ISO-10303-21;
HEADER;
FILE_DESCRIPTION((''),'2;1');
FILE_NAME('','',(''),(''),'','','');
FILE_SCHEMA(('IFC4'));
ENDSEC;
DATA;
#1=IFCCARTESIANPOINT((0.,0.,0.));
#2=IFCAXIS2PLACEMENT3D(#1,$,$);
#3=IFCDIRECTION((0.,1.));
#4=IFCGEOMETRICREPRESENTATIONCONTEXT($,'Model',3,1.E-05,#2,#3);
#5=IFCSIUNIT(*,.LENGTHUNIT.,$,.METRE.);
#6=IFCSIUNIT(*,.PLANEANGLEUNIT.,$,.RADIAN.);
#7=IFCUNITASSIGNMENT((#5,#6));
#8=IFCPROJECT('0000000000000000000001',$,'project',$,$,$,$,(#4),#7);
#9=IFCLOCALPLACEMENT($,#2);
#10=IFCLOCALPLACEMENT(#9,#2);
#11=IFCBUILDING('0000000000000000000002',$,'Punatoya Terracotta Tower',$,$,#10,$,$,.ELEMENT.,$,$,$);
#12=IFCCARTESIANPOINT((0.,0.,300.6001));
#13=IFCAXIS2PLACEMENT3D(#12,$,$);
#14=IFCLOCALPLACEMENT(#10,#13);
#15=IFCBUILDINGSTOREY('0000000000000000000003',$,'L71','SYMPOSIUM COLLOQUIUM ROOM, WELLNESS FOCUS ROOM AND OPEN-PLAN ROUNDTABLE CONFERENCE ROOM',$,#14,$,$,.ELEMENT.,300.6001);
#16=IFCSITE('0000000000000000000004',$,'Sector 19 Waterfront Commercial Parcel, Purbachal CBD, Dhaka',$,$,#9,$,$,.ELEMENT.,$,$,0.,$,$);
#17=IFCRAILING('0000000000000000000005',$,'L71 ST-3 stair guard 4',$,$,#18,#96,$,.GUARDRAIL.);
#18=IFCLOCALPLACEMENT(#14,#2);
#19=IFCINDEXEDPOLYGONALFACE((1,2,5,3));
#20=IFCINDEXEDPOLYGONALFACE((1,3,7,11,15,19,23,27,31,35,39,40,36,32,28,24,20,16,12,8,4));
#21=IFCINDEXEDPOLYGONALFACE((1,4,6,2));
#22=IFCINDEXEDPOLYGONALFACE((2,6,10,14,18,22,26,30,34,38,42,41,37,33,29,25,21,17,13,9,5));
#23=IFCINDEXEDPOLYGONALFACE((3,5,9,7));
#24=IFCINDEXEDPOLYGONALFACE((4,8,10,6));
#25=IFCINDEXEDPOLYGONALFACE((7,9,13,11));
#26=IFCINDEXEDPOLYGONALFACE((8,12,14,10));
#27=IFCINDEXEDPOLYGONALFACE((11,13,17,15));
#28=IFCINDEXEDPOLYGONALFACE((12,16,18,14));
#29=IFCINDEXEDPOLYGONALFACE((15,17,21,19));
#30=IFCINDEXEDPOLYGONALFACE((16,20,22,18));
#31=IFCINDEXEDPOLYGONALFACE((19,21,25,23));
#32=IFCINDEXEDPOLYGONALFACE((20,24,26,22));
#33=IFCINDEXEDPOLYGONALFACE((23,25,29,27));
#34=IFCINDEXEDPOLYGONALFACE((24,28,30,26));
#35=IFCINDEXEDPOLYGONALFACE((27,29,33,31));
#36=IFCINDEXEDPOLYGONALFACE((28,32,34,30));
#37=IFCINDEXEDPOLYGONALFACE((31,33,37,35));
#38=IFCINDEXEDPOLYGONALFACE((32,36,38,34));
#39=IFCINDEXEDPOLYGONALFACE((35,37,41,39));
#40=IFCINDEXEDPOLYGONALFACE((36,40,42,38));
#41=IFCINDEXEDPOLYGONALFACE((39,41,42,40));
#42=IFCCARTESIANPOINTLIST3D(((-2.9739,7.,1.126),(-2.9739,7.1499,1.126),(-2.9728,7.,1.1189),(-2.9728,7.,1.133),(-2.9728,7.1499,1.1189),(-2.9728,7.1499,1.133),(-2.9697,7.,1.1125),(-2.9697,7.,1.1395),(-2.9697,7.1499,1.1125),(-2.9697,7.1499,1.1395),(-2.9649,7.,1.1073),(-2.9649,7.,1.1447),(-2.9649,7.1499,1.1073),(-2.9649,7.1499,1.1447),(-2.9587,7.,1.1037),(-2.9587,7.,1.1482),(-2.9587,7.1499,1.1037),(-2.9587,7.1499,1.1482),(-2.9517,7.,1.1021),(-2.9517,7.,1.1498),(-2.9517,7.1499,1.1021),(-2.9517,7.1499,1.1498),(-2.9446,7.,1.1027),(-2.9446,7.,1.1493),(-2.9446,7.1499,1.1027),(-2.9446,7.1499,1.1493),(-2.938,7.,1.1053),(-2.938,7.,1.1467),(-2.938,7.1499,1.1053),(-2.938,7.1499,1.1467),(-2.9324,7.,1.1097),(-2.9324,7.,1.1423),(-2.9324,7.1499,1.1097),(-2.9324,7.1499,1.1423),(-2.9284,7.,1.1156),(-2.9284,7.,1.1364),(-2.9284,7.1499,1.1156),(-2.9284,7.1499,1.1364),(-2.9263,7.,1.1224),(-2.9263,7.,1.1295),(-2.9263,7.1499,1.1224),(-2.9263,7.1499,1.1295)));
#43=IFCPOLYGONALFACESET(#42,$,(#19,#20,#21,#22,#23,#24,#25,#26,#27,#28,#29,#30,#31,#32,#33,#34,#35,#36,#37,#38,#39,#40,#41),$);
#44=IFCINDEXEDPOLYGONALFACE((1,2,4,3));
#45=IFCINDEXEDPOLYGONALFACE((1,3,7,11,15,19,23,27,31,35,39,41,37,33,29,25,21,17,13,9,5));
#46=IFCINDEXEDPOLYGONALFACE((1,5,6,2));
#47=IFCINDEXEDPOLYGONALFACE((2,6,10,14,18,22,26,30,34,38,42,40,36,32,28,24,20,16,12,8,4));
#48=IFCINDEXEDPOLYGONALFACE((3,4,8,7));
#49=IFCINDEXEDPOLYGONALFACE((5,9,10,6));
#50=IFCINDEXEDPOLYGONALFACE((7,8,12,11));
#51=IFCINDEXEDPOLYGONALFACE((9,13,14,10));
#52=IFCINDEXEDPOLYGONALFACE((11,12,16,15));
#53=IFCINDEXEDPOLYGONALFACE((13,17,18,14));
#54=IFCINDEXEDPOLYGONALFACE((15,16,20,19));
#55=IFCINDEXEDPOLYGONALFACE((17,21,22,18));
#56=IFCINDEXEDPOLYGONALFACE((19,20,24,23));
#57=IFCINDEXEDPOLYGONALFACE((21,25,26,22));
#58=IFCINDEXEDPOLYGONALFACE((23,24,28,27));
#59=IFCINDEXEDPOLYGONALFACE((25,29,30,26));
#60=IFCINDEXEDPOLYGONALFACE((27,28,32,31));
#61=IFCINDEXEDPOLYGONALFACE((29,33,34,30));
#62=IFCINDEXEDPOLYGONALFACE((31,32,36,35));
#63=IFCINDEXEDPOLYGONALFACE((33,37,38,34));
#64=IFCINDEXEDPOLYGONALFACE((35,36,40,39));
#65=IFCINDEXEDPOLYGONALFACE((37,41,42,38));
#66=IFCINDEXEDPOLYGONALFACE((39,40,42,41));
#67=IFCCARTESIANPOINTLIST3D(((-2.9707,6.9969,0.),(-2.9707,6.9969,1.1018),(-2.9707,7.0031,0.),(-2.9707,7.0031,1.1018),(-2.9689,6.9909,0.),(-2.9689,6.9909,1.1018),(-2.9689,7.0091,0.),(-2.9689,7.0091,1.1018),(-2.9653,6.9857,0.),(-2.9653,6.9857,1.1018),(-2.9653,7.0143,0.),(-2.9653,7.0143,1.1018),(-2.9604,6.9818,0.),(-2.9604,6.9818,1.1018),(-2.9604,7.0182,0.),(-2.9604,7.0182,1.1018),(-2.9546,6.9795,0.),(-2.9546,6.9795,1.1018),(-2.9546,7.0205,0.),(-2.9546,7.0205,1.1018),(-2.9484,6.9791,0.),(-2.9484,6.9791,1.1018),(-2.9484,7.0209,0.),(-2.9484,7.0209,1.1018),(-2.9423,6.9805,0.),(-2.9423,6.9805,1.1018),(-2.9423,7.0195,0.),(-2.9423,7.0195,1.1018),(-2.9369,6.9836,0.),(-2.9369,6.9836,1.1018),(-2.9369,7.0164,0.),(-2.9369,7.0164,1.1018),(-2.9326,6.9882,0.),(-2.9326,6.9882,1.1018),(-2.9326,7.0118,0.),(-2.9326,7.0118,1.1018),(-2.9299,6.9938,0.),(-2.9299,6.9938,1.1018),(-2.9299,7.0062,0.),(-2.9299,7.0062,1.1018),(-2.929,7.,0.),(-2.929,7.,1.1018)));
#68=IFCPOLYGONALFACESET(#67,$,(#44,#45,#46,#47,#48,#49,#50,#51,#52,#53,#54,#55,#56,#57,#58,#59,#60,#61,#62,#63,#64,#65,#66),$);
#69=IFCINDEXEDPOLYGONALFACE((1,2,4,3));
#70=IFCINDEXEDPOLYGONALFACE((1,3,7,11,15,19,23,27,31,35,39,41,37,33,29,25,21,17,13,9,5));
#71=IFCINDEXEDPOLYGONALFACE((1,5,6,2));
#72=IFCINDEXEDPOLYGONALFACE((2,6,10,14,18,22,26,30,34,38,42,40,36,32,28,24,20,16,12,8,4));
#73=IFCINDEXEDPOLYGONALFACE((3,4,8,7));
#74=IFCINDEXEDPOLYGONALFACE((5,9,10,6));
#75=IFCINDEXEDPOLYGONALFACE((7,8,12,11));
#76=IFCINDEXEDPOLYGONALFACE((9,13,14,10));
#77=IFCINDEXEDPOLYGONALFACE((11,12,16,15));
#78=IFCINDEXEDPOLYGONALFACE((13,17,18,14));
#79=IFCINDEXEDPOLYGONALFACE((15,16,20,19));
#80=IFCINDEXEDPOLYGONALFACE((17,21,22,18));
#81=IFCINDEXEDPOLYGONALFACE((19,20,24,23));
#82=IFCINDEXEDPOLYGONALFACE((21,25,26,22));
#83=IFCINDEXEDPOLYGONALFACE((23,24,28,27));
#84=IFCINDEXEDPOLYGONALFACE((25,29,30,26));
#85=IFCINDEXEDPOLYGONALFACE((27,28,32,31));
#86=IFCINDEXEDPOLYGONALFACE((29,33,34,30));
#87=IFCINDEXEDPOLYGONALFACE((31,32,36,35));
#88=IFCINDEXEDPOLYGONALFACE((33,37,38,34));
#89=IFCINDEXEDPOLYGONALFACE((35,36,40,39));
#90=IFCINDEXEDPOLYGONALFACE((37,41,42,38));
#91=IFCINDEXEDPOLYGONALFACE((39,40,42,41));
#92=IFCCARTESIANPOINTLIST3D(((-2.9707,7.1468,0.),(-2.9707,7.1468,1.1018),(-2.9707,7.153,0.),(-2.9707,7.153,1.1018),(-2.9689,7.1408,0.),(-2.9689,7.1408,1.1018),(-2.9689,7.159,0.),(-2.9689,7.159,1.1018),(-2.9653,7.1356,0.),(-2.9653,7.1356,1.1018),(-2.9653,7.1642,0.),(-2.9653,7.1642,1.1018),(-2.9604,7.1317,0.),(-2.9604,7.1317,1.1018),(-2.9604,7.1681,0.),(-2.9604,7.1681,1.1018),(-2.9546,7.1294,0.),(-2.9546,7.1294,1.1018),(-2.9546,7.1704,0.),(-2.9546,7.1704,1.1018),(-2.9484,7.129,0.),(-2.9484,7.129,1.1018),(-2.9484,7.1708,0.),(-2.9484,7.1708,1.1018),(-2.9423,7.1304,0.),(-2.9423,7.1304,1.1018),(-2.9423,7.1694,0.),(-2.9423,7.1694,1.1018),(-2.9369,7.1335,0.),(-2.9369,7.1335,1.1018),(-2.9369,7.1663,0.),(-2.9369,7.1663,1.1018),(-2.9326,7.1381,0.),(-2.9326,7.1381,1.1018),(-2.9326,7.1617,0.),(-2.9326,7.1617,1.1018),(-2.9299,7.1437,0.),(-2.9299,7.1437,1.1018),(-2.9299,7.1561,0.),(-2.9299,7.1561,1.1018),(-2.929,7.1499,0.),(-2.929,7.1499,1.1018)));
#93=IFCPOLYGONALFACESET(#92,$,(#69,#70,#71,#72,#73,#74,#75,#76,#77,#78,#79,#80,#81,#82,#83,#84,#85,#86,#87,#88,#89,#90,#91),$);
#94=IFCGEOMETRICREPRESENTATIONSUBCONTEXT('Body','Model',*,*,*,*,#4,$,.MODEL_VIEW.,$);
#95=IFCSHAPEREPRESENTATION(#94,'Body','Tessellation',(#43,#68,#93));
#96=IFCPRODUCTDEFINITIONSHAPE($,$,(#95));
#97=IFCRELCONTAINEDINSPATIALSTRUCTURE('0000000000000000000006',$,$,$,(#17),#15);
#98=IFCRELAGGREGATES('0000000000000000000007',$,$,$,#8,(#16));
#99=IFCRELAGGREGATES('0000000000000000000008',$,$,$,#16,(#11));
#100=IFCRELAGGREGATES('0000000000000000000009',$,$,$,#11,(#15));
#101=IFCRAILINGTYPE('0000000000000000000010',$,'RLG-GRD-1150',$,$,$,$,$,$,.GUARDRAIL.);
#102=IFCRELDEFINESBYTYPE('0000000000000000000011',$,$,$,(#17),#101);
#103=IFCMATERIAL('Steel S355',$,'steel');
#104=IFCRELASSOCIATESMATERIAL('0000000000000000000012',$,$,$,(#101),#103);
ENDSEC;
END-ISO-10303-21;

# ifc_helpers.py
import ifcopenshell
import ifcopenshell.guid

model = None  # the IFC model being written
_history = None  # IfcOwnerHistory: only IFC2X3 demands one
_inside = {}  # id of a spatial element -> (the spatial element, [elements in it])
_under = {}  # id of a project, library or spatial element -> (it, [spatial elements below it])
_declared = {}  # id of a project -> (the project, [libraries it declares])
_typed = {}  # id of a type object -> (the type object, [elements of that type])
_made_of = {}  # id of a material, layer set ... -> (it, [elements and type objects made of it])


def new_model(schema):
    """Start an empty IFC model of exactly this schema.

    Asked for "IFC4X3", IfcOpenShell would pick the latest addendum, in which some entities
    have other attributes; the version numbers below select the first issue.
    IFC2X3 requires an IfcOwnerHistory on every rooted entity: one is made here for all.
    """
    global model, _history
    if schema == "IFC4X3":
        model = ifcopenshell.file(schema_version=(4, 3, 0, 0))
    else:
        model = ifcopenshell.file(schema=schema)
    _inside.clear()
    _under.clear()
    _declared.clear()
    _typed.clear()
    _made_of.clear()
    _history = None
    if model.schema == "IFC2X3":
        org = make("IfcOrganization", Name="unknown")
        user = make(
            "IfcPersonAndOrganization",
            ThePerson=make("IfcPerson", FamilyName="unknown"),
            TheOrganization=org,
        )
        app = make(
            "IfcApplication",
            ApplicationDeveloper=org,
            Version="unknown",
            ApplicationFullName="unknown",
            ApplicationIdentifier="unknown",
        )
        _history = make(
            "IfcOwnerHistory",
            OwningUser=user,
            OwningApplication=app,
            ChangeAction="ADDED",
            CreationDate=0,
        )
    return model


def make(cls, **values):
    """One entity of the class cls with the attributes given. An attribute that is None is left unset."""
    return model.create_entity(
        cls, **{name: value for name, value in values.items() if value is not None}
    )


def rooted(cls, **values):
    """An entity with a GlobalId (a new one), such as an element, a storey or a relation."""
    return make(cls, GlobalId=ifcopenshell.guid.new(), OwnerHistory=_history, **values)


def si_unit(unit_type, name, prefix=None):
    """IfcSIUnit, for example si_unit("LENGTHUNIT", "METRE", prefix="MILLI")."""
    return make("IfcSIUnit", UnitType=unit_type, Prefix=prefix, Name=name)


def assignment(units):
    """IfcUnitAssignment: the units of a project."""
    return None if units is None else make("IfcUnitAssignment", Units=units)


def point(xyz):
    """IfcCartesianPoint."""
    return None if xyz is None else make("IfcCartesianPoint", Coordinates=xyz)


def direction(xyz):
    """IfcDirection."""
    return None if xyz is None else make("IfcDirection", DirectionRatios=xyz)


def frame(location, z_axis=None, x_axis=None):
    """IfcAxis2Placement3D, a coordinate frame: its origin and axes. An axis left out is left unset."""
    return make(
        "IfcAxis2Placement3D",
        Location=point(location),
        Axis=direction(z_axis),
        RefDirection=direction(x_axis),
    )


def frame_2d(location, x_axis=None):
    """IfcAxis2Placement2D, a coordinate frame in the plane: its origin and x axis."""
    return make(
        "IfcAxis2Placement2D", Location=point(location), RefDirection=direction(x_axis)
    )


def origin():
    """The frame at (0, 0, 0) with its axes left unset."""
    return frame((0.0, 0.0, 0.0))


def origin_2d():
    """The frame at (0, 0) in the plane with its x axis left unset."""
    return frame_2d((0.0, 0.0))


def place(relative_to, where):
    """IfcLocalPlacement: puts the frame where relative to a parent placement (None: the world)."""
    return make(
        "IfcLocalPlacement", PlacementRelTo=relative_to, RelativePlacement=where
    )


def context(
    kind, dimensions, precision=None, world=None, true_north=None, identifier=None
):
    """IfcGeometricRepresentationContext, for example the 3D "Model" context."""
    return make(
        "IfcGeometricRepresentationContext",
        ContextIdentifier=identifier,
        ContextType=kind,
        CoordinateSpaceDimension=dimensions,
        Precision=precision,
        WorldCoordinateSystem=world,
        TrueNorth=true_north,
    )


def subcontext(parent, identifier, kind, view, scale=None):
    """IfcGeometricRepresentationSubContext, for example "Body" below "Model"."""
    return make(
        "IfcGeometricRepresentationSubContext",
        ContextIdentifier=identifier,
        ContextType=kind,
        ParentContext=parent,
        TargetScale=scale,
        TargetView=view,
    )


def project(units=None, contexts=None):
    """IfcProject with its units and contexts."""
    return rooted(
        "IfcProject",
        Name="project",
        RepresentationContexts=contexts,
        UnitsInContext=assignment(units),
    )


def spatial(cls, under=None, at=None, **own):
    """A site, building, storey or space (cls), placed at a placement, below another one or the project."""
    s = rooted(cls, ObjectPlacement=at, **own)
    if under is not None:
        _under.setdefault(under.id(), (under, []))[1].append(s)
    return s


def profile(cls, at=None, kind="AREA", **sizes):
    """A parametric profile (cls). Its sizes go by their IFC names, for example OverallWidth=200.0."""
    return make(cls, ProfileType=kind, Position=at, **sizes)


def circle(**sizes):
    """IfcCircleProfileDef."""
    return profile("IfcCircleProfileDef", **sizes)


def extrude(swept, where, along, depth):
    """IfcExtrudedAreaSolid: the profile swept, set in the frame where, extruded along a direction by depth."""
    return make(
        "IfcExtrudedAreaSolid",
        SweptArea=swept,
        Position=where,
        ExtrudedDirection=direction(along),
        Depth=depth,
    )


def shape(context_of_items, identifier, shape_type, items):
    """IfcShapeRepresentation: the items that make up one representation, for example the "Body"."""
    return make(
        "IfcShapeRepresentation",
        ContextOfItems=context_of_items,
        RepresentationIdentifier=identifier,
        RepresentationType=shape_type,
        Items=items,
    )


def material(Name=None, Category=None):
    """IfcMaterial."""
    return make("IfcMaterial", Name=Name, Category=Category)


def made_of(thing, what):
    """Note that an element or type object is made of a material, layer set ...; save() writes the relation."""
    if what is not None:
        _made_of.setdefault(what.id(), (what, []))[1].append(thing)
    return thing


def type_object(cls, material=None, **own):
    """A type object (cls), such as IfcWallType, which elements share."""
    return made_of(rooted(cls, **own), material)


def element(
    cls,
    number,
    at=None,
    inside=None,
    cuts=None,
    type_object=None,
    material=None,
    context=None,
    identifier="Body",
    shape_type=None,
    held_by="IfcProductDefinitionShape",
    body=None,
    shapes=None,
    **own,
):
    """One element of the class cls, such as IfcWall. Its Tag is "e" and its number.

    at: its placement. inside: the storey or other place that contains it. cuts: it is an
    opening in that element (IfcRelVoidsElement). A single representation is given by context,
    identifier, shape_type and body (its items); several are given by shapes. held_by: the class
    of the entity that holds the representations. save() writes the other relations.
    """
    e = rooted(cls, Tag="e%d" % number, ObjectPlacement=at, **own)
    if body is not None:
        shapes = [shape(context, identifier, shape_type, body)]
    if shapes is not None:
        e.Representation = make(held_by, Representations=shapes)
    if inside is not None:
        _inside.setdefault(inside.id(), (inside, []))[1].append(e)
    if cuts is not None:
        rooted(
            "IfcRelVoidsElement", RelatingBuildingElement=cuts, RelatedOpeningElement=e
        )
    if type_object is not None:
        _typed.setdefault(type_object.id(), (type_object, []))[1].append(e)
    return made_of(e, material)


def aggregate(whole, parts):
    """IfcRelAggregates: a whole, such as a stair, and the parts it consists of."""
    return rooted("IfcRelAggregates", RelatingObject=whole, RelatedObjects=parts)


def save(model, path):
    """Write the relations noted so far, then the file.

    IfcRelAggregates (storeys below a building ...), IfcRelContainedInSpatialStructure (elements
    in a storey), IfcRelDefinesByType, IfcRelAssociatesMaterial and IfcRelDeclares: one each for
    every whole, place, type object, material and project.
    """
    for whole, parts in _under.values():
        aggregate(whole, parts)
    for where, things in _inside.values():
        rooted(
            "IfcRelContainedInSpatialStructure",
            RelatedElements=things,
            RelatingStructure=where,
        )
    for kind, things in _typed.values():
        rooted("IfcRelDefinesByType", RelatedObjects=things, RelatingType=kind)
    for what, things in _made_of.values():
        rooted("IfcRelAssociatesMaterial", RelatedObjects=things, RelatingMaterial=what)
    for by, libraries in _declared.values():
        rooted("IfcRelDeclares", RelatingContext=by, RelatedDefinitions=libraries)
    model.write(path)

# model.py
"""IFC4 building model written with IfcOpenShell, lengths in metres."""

from ifc_helpers import new_model, si_unit, direction, frame, origin, origin_2d, place, context, subcontext, project, spatial, circle, extrude, material, type_object, element, save


model = new_model("IFC4")

# Units and contexts
model_context = context("Model", 3, precision=1e-05, world=origin(), true_north=direction((0.0, 1.0)))
body_context = subcontext(model_context, "Body", "Model", "MODEL_VIEW")
ifc_project = project(units=[si_unit("LENGTHUNIT", "METRE"), si_unit("PLANEANGLEUNIT", "RADIAN")], contexts=[model_context])

# Site, building, storey
site_placement = place(None, origin())
site = spatial("IfcSite", under=ifc_project, at=site_placement, Name="Sector 19 Waterfront Commercial Parcel, Purbachal CBD, Dhaka", CompositionType="ELEMENT", RefElevation=0.0)
building_placement = place(site_placement, origin())
building = spatial("IfcBuilding", under=site, at=building_placement, Name="Punatoya Terracotta Tower", CompositionType="ELEMENT")
storey_placement = place(building_placement, frame((0.0, 0.0, 300.6001)))
storey = spatial("IfcBuildingStorey", under=building, at=storey_placement, Name="L71", Description="SYMPOSIUM COLLOQUIUM ROOM, WELLNESS FOCUS ROOM AND OPEN-PLAN ROUNDTABLE CONFERENCE ROOM", CompositionType="ELEMENT", Elevation=300.6001)

# Shared definitions
ifc_material_1 = material(Name="Steel S355", Category="steel")

# Railing
railing_type_1 = type_object("IfcRailingType", Name="RLG-GRD-1150", PredefinedType="GUARDRAIL", material=ifc_material_1)
railing_1_placement = place(storey_placement, frame((-2.95, 7.0, 0.0)))
element("IfcRailing", 1, at=railing_1_placement, inside=storey, type_object=railing_type_1, Name="L71 ST-3 stair guard 4", PredefinedType="GUARDRAIL", context=body_context, shape_type="SweptSolid", body=[
    extrude(circle(Radius=0.0239, at=origin_2d()), frame((0.0, 0.0, 1.126), z_axis=(0.0, 1.0, 0.0), x_axis=(-1.0, 0.0, 0.0)), (0.0, 0.0, 1.0), 0.1499),
    extrude(circle(Radius=0.021, at=origin_2d()), origin(), (0.0, 0.0, 1.0), 1.1018),
    extrude(circle(Radius=0.021, at=origin_2d()), frame((0.0, 0.1499, 0.0)), (0.0, 0.0, 1.0), 1.1018),
])

save(model, "model.ifc")
